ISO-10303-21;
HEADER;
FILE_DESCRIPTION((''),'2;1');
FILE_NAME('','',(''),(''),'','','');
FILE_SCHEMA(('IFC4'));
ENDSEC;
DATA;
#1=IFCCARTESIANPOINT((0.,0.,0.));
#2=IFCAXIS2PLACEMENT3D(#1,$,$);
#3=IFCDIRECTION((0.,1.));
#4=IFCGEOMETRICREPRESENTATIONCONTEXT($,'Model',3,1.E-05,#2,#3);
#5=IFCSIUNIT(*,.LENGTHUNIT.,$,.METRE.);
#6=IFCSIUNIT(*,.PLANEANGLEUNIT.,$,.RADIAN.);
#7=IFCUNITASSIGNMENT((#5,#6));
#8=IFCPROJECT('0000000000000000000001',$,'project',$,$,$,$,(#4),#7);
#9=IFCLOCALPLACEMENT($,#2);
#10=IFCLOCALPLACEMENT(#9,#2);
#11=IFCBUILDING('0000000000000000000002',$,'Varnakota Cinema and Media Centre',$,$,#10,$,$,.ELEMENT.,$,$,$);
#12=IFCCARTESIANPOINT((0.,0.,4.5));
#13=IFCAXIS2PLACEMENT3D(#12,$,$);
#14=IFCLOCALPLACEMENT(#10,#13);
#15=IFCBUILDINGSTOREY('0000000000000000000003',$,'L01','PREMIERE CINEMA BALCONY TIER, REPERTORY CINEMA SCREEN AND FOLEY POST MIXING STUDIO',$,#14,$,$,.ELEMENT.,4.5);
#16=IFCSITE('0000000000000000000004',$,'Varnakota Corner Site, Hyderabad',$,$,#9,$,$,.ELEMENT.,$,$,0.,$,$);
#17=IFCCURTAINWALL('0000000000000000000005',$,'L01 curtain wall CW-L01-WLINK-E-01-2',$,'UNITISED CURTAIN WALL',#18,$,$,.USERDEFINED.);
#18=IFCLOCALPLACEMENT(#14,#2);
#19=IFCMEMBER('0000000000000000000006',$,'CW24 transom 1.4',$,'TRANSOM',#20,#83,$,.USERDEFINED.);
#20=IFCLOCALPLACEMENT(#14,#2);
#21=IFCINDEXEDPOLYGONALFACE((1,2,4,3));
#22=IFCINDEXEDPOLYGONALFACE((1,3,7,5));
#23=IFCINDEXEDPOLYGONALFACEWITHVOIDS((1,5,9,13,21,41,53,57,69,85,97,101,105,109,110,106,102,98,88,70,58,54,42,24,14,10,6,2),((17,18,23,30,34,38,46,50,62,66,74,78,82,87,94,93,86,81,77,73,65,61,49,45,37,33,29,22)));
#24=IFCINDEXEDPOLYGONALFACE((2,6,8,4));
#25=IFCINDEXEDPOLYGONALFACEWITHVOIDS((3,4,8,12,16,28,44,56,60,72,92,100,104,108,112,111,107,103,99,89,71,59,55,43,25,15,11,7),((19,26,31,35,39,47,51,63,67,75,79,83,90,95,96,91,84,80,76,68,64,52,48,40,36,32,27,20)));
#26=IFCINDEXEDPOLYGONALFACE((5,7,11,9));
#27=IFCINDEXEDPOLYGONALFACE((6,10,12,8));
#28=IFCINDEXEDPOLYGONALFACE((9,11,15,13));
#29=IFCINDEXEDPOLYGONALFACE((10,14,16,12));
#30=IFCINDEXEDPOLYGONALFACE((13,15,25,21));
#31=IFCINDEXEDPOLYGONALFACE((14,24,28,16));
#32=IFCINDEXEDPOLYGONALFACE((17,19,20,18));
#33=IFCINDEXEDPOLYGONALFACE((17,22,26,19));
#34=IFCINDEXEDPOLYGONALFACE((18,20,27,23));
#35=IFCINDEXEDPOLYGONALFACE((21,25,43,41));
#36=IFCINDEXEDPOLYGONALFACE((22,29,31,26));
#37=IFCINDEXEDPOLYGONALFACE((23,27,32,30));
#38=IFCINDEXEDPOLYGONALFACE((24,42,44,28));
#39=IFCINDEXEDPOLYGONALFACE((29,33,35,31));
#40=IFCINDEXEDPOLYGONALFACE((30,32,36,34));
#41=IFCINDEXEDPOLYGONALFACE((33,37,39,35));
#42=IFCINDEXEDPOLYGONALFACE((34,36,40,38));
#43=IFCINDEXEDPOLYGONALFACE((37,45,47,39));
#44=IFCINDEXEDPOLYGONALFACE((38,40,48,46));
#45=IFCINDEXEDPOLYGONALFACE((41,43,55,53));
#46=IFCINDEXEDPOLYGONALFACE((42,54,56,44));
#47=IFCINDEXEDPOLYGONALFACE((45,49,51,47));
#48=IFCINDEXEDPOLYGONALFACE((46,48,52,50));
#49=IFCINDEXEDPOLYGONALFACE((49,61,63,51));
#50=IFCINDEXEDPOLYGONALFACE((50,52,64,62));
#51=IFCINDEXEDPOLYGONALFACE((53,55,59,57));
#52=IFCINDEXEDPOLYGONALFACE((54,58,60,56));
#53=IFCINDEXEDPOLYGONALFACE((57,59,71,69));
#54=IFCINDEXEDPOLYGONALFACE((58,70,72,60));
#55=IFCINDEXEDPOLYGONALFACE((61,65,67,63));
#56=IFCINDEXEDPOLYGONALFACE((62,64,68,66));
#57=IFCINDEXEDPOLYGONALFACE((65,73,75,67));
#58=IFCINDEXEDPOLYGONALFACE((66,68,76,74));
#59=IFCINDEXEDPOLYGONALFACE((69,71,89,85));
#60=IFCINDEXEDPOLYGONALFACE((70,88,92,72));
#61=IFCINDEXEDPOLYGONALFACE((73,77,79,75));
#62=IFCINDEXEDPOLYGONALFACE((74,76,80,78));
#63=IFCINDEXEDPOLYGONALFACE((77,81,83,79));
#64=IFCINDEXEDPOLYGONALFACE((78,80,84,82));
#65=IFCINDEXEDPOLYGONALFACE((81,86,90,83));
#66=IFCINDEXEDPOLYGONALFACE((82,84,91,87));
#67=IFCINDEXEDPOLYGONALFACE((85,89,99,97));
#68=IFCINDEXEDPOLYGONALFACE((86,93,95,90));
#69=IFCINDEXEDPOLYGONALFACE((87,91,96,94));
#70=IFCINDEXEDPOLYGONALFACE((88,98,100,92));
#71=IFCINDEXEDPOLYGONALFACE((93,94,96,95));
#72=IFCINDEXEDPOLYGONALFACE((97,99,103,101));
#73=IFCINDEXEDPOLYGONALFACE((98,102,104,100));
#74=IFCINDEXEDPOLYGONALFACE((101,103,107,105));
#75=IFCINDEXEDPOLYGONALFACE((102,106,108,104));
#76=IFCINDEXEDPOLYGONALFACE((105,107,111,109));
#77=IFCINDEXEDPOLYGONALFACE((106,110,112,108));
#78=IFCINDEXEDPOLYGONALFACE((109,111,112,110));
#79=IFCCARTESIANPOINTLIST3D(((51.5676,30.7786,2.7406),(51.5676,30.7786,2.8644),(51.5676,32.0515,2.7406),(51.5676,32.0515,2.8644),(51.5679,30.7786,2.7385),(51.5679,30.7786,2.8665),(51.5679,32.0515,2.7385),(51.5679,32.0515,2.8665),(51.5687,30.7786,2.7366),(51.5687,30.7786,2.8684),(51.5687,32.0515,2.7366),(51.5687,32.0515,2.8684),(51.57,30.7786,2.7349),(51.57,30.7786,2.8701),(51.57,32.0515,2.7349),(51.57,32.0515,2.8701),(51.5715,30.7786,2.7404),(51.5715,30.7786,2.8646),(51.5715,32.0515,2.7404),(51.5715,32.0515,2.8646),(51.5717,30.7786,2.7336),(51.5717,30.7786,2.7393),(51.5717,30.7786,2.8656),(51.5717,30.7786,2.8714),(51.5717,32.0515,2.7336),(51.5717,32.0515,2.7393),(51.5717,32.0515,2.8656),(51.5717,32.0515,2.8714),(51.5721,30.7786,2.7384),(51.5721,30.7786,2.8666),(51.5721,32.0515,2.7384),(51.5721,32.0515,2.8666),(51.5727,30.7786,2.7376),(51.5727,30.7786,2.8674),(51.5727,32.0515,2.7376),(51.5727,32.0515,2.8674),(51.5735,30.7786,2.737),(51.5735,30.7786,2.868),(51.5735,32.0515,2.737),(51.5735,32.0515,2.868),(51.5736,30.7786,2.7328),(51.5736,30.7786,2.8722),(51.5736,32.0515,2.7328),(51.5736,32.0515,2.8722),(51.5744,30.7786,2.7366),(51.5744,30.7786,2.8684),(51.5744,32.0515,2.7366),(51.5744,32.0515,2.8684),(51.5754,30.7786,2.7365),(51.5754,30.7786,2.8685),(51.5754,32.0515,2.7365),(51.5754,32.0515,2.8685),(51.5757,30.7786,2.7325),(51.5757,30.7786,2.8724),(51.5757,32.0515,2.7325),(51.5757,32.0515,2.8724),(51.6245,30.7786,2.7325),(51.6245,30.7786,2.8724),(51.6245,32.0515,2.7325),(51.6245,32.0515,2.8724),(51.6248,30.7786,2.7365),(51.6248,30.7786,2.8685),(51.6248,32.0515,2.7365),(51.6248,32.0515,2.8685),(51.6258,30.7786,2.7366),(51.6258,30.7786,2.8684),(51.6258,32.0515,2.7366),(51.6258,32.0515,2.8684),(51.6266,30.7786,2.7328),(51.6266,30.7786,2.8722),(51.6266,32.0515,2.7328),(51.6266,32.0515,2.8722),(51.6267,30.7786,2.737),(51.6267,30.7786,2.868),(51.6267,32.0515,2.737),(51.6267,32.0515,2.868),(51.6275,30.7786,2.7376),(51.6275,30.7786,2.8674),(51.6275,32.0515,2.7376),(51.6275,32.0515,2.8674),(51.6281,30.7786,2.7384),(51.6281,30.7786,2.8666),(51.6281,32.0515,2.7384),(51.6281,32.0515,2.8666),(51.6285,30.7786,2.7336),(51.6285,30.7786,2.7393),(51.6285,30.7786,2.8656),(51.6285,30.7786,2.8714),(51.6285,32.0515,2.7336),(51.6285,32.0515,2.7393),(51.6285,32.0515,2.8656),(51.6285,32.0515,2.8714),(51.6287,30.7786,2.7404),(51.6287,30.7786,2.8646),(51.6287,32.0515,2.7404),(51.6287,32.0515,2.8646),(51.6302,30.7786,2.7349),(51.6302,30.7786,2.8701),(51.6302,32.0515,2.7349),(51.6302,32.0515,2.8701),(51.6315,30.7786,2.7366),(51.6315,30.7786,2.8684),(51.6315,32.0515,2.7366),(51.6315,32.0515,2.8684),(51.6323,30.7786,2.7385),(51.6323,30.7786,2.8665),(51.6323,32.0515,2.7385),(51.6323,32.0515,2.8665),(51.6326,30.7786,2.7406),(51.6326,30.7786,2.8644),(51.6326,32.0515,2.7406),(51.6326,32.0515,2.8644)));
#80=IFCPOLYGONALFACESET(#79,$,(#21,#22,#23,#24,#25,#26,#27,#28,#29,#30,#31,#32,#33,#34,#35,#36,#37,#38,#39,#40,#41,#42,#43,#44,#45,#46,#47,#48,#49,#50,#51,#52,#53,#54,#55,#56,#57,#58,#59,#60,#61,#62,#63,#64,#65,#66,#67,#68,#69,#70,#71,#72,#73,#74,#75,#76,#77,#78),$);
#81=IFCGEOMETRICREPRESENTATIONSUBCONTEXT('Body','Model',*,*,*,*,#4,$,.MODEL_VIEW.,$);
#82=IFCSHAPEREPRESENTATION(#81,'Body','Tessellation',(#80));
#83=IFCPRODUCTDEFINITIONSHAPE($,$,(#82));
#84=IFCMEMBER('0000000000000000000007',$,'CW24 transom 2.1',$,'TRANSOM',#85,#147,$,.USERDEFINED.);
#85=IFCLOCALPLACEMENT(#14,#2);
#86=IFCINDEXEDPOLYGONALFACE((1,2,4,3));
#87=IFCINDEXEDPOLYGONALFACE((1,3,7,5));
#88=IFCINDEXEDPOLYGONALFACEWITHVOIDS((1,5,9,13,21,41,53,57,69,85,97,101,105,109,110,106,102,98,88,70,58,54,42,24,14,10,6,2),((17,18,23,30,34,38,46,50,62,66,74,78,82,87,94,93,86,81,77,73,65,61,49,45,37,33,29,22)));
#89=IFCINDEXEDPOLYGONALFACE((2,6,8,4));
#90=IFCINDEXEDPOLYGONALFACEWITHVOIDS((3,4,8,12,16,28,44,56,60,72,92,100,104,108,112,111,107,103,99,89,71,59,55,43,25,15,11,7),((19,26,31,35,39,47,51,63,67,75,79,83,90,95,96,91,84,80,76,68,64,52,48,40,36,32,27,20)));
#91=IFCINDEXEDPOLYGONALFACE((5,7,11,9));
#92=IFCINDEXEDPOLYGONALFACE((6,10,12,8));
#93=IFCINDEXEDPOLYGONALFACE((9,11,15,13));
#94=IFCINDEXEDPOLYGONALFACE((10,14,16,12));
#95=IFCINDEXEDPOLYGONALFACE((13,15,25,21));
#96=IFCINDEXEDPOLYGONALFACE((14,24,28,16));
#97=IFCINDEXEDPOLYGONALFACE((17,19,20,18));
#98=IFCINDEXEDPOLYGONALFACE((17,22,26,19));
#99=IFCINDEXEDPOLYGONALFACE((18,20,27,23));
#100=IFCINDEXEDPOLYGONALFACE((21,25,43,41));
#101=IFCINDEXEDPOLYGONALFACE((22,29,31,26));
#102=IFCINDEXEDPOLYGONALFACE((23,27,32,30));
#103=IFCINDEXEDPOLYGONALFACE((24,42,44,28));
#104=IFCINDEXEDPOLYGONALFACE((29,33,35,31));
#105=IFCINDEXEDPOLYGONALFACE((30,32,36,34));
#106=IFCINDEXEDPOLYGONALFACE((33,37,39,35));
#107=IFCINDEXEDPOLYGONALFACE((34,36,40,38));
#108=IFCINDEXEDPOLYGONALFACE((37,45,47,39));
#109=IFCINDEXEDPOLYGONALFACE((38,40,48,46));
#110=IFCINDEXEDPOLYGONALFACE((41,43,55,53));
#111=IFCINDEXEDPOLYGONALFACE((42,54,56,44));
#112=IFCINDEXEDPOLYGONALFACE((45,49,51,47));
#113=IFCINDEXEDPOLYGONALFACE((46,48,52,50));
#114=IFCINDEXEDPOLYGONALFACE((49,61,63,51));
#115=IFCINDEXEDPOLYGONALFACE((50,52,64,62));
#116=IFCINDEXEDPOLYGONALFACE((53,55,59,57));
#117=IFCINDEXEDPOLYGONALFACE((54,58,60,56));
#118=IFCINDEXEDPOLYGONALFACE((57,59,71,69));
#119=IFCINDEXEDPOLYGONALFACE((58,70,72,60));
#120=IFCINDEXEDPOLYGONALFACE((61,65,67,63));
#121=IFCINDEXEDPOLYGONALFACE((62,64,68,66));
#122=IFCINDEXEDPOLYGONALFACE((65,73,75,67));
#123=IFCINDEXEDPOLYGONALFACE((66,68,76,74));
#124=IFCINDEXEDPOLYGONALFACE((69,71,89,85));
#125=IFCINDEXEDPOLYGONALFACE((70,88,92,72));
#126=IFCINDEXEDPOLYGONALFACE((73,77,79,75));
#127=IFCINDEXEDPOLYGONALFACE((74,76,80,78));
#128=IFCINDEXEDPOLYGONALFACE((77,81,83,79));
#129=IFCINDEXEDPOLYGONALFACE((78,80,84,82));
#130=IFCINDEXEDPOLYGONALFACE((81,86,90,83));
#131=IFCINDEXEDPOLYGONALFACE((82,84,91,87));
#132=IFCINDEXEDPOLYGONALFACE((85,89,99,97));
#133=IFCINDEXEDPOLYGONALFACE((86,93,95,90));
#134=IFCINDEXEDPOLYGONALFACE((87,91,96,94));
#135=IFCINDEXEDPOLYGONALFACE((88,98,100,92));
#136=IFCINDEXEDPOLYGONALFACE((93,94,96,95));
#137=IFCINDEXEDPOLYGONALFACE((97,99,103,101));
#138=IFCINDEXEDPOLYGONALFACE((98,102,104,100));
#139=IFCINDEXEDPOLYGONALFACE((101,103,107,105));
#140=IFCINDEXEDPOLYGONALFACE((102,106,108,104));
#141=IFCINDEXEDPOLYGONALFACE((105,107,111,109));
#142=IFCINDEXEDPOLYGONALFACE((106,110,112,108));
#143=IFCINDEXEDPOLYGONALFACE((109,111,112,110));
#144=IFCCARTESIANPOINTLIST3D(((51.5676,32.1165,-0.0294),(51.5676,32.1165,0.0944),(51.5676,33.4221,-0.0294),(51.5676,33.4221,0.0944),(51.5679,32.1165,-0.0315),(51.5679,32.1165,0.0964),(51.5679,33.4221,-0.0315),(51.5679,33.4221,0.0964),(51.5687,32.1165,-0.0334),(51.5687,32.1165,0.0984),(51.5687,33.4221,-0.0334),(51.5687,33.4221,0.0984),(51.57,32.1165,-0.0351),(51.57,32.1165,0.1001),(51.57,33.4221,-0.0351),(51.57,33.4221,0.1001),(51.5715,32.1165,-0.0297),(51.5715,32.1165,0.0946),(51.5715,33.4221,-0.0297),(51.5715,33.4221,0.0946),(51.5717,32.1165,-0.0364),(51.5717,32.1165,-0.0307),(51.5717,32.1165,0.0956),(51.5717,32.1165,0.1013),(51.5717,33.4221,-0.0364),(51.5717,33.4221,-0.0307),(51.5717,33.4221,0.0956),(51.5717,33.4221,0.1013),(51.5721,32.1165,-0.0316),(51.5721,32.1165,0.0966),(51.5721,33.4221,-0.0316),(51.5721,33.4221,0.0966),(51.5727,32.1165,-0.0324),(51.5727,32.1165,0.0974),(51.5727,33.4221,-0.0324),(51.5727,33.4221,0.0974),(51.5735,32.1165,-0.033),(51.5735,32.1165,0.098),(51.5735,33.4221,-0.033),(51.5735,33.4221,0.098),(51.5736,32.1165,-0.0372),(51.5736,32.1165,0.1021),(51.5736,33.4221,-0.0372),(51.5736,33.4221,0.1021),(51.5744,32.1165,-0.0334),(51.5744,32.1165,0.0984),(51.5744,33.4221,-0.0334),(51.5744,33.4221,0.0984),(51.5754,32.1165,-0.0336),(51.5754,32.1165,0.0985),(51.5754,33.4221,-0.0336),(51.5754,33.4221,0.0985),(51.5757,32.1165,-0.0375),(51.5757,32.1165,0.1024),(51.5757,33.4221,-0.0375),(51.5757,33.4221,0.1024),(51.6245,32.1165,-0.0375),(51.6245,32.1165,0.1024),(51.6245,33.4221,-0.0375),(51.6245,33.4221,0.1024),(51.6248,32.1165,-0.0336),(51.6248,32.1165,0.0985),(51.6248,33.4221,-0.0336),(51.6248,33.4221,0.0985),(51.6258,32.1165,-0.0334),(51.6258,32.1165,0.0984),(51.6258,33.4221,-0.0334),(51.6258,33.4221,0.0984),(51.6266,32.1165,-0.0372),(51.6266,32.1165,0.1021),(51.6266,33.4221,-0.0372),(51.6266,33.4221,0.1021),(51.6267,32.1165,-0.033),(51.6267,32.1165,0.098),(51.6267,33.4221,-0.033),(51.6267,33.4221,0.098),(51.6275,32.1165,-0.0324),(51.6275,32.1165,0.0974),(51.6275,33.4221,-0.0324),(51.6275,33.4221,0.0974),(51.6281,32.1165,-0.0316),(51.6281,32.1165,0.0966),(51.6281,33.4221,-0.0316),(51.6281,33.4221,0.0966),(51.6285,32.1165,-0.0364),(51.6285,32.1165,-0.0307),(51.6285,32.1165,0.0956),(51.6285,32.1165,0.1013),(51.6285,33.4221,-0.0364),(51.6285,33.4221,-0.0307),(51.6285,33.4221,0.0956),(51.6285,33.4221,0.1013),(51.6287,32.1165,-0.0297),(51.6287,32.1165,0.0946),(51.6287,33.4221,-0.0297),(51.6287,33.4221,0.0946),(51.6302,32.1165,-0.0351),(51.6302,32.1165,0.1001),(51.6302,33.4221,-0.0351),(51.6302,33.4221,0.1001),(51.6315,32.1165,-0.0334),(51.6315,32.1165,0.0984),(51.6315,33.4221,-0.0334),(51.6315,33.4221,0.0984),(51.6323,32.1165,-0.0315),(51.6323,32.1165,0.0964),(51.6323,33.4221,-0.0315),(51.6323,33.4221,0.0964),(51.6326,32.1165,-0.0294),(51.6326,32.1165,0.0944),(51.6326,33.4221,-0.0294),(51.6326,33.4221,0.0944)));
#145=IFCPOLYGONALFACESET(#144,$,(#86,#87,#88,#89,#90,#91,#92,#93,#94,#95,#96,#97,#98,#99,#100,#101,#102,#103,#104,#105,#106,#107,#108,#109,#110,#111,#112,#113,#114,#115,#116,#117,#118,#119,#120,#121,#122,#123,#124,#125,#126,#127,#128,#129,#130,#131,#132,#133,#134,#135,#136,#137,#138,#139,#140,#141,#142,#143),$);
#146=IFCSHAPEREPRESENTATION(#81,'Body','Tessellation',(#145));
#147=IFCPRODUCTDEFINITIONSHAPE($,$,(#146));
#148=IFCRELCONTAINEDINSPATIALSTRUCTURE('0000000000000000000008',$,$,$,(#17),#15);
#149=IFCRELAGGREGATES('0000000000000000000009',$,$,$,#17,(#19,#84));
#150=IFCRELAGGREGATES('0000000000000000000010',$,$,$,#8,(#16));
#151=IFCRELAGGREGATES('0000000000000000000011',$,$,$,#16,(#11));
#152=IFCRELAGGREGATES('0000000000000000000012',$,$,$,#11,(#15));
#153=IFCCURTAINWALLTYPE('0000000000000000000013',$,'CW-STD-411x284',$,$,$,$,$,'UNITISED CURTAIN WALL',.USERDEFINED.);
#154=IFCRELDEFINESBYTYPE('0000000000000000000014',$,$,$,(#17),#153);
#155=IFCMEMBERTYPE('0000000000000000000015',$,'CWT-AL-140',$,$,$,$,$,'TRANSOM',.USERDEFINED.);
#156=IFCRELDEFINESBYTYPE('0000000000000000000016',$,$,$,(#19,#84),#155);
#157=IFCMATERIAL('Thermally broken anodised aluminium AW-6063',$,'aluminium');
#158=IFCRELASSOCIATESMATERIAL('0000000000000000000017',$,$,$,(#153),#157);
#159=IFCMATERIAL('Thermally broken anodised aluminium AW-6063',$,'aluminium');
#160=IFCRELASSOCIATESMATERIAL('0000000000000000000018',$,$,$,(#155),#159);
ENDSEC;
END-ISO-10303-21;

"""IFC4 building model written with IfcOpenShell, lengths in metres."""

from ifc_helpers import new_model, si_unit, direction, frame, origin, origin_2d, place, context, subcontext, project, spatial, hollow_rectangle, extrude, material, material_profile, profile_set, type_object, element, aggregate, save


model = new_model("IFC4")

# Units and contexts
model_context = context("Model", 3, precision=1e-05, world=origin(), true_north=direction((0.0, 1.0)))
body_context = subcontext(model_context, "Body", "Model", "MODEL_VIEW")
ifc_project = project(units=[si_unit("LENGTHUNIT", "METRE"), si_unit("PLANEANGLEUNIT", "RADIAN")], contexts=[model_context])

# Site, building, storey
site_placement = place(None, origin())
site = spatial("IfcSite", under=ifc_project, at=site_placement, Name="Varnakota Corner Site, Hyderabad", CompositionType="ELEMENT", RefElevation=0.0)
building_placement = place(site_placement, origin())
building = spatial("IfcBuilding", under=site, at=building_placement, Name="Varnakota Cinema and Media Centre", CompositionType="ELEMENT")
storey_placement = place(building_placement, frame((0.0, 0.0, 4.5)))
storey = spatial("IfcBuildingStorey", under=building, at=storey_placement, Name="L01", Description="PREMIERE CINEMA BALCONY TIER, REPERTORY CINEMA SCREEN AND FOLEY POST MIXING STUDIO", CompositionType="ELEMENT", Elevation=4.5)

# Shared definitions
ifc_material_1 = material(Name="Thermally broken anodised aluminium AW-6063", Category="aluminium")
curtain_wall_type = type_object("IfcCurtainWallType", Name="CW-STD-411x284", ElementType="UNITISED CURTAIN WALL", PredefinedType="USERDEFINED", material=ifc_material_1)

# Curtain wall
curtain_wall_1_placement = place(storey_placement, origin())
curtain_wall_1 = element("IfcCurtainWall", 1, at=curtain_wall_1_placement, inside=storey, type_object=curtain_wall_type, Name="L01 curtain wall CW-L01-WLINK-E-01-2", ObjectType="UNITISED CURTAIN WALL", PredefinedType="USERDEFINED")

# Members
ifc_material_2 = material(Name="Thermally broken anodised aluminium AW-6063", Category="aluminium")
ifc_material_profile_1 = material_profile(ifc_material_2, hollow_rectangle(XDim=0.0649, YDim=0.1399, WallThickness=0.0039, InnerFilletRadius=0.0039, OuterFilletRadius=0.0081, at=origin_2d()), Name="AL-TRANSOM 140x65x4")
ifc_profile_set_1 = profile_set([ifc_material_profile_1], Name="Thermally broken anodised aluminium AW-6063")
member_type_1 = type_object("IfcMemberType", Name="CWT-AL-140", ElementType="TRANSOM", PredefinedType="USERDEFINED", material=ifc_profile_set_1)
member_1_placement = place(storey_placement, frame((51.6001, 30.7786, 2.8025), z_axis=(0.0, 1.0, 0.0), x_axis=(-1.0, 0.0, 0.0)))
member_1 = element("IfcMember", 2, at=member_1_placement, type_object=member_type_1, Name="CW24 transom 1.4", ObjectType="TRANSOM", PredefinedType="USERDEFINED", context=body_context, shape_type="SweptSolid", body=[
    extrude(hollow_rectangle(XDim=0.0649, YDim=0.1399, WallThickness=0.0039, InnerFilletRadius=0.0039, OuterFilletRadius=0.0081, at=origin_2d()), origin(), (0.0, 0.0, 1.0), 1.2729),
])
member_2_placement = place(storey_placement, frame((51.6001, 32.1165, 0.0325), z_axis=(0.0, 1.0, 0.0), x_axis=(-1.0, 0.0, 0.0)))
member_2 = element("IfcMember", 3, at=member_2_placement, type_object=member_type_1, Name="CW24 transom 2.1", ObjectType="TRANSOM", PredefinedType="USERDEFINED", context=body_context, shape_type="SweptSolid", body=[
    extrude(hollow_rectangle(XDim=0.0649, YDim=0.1399, WallThickness=0.0039, InnerFilletRadius=0.0039, OuterFilletRadius=0.0081, at=origin_2d()), origin(), (0.0, 0.0, 1.0), 1.3057),
])

aggregate(curtain_wall_1, [member_1, member_2])

save(model, "model.ifc")
